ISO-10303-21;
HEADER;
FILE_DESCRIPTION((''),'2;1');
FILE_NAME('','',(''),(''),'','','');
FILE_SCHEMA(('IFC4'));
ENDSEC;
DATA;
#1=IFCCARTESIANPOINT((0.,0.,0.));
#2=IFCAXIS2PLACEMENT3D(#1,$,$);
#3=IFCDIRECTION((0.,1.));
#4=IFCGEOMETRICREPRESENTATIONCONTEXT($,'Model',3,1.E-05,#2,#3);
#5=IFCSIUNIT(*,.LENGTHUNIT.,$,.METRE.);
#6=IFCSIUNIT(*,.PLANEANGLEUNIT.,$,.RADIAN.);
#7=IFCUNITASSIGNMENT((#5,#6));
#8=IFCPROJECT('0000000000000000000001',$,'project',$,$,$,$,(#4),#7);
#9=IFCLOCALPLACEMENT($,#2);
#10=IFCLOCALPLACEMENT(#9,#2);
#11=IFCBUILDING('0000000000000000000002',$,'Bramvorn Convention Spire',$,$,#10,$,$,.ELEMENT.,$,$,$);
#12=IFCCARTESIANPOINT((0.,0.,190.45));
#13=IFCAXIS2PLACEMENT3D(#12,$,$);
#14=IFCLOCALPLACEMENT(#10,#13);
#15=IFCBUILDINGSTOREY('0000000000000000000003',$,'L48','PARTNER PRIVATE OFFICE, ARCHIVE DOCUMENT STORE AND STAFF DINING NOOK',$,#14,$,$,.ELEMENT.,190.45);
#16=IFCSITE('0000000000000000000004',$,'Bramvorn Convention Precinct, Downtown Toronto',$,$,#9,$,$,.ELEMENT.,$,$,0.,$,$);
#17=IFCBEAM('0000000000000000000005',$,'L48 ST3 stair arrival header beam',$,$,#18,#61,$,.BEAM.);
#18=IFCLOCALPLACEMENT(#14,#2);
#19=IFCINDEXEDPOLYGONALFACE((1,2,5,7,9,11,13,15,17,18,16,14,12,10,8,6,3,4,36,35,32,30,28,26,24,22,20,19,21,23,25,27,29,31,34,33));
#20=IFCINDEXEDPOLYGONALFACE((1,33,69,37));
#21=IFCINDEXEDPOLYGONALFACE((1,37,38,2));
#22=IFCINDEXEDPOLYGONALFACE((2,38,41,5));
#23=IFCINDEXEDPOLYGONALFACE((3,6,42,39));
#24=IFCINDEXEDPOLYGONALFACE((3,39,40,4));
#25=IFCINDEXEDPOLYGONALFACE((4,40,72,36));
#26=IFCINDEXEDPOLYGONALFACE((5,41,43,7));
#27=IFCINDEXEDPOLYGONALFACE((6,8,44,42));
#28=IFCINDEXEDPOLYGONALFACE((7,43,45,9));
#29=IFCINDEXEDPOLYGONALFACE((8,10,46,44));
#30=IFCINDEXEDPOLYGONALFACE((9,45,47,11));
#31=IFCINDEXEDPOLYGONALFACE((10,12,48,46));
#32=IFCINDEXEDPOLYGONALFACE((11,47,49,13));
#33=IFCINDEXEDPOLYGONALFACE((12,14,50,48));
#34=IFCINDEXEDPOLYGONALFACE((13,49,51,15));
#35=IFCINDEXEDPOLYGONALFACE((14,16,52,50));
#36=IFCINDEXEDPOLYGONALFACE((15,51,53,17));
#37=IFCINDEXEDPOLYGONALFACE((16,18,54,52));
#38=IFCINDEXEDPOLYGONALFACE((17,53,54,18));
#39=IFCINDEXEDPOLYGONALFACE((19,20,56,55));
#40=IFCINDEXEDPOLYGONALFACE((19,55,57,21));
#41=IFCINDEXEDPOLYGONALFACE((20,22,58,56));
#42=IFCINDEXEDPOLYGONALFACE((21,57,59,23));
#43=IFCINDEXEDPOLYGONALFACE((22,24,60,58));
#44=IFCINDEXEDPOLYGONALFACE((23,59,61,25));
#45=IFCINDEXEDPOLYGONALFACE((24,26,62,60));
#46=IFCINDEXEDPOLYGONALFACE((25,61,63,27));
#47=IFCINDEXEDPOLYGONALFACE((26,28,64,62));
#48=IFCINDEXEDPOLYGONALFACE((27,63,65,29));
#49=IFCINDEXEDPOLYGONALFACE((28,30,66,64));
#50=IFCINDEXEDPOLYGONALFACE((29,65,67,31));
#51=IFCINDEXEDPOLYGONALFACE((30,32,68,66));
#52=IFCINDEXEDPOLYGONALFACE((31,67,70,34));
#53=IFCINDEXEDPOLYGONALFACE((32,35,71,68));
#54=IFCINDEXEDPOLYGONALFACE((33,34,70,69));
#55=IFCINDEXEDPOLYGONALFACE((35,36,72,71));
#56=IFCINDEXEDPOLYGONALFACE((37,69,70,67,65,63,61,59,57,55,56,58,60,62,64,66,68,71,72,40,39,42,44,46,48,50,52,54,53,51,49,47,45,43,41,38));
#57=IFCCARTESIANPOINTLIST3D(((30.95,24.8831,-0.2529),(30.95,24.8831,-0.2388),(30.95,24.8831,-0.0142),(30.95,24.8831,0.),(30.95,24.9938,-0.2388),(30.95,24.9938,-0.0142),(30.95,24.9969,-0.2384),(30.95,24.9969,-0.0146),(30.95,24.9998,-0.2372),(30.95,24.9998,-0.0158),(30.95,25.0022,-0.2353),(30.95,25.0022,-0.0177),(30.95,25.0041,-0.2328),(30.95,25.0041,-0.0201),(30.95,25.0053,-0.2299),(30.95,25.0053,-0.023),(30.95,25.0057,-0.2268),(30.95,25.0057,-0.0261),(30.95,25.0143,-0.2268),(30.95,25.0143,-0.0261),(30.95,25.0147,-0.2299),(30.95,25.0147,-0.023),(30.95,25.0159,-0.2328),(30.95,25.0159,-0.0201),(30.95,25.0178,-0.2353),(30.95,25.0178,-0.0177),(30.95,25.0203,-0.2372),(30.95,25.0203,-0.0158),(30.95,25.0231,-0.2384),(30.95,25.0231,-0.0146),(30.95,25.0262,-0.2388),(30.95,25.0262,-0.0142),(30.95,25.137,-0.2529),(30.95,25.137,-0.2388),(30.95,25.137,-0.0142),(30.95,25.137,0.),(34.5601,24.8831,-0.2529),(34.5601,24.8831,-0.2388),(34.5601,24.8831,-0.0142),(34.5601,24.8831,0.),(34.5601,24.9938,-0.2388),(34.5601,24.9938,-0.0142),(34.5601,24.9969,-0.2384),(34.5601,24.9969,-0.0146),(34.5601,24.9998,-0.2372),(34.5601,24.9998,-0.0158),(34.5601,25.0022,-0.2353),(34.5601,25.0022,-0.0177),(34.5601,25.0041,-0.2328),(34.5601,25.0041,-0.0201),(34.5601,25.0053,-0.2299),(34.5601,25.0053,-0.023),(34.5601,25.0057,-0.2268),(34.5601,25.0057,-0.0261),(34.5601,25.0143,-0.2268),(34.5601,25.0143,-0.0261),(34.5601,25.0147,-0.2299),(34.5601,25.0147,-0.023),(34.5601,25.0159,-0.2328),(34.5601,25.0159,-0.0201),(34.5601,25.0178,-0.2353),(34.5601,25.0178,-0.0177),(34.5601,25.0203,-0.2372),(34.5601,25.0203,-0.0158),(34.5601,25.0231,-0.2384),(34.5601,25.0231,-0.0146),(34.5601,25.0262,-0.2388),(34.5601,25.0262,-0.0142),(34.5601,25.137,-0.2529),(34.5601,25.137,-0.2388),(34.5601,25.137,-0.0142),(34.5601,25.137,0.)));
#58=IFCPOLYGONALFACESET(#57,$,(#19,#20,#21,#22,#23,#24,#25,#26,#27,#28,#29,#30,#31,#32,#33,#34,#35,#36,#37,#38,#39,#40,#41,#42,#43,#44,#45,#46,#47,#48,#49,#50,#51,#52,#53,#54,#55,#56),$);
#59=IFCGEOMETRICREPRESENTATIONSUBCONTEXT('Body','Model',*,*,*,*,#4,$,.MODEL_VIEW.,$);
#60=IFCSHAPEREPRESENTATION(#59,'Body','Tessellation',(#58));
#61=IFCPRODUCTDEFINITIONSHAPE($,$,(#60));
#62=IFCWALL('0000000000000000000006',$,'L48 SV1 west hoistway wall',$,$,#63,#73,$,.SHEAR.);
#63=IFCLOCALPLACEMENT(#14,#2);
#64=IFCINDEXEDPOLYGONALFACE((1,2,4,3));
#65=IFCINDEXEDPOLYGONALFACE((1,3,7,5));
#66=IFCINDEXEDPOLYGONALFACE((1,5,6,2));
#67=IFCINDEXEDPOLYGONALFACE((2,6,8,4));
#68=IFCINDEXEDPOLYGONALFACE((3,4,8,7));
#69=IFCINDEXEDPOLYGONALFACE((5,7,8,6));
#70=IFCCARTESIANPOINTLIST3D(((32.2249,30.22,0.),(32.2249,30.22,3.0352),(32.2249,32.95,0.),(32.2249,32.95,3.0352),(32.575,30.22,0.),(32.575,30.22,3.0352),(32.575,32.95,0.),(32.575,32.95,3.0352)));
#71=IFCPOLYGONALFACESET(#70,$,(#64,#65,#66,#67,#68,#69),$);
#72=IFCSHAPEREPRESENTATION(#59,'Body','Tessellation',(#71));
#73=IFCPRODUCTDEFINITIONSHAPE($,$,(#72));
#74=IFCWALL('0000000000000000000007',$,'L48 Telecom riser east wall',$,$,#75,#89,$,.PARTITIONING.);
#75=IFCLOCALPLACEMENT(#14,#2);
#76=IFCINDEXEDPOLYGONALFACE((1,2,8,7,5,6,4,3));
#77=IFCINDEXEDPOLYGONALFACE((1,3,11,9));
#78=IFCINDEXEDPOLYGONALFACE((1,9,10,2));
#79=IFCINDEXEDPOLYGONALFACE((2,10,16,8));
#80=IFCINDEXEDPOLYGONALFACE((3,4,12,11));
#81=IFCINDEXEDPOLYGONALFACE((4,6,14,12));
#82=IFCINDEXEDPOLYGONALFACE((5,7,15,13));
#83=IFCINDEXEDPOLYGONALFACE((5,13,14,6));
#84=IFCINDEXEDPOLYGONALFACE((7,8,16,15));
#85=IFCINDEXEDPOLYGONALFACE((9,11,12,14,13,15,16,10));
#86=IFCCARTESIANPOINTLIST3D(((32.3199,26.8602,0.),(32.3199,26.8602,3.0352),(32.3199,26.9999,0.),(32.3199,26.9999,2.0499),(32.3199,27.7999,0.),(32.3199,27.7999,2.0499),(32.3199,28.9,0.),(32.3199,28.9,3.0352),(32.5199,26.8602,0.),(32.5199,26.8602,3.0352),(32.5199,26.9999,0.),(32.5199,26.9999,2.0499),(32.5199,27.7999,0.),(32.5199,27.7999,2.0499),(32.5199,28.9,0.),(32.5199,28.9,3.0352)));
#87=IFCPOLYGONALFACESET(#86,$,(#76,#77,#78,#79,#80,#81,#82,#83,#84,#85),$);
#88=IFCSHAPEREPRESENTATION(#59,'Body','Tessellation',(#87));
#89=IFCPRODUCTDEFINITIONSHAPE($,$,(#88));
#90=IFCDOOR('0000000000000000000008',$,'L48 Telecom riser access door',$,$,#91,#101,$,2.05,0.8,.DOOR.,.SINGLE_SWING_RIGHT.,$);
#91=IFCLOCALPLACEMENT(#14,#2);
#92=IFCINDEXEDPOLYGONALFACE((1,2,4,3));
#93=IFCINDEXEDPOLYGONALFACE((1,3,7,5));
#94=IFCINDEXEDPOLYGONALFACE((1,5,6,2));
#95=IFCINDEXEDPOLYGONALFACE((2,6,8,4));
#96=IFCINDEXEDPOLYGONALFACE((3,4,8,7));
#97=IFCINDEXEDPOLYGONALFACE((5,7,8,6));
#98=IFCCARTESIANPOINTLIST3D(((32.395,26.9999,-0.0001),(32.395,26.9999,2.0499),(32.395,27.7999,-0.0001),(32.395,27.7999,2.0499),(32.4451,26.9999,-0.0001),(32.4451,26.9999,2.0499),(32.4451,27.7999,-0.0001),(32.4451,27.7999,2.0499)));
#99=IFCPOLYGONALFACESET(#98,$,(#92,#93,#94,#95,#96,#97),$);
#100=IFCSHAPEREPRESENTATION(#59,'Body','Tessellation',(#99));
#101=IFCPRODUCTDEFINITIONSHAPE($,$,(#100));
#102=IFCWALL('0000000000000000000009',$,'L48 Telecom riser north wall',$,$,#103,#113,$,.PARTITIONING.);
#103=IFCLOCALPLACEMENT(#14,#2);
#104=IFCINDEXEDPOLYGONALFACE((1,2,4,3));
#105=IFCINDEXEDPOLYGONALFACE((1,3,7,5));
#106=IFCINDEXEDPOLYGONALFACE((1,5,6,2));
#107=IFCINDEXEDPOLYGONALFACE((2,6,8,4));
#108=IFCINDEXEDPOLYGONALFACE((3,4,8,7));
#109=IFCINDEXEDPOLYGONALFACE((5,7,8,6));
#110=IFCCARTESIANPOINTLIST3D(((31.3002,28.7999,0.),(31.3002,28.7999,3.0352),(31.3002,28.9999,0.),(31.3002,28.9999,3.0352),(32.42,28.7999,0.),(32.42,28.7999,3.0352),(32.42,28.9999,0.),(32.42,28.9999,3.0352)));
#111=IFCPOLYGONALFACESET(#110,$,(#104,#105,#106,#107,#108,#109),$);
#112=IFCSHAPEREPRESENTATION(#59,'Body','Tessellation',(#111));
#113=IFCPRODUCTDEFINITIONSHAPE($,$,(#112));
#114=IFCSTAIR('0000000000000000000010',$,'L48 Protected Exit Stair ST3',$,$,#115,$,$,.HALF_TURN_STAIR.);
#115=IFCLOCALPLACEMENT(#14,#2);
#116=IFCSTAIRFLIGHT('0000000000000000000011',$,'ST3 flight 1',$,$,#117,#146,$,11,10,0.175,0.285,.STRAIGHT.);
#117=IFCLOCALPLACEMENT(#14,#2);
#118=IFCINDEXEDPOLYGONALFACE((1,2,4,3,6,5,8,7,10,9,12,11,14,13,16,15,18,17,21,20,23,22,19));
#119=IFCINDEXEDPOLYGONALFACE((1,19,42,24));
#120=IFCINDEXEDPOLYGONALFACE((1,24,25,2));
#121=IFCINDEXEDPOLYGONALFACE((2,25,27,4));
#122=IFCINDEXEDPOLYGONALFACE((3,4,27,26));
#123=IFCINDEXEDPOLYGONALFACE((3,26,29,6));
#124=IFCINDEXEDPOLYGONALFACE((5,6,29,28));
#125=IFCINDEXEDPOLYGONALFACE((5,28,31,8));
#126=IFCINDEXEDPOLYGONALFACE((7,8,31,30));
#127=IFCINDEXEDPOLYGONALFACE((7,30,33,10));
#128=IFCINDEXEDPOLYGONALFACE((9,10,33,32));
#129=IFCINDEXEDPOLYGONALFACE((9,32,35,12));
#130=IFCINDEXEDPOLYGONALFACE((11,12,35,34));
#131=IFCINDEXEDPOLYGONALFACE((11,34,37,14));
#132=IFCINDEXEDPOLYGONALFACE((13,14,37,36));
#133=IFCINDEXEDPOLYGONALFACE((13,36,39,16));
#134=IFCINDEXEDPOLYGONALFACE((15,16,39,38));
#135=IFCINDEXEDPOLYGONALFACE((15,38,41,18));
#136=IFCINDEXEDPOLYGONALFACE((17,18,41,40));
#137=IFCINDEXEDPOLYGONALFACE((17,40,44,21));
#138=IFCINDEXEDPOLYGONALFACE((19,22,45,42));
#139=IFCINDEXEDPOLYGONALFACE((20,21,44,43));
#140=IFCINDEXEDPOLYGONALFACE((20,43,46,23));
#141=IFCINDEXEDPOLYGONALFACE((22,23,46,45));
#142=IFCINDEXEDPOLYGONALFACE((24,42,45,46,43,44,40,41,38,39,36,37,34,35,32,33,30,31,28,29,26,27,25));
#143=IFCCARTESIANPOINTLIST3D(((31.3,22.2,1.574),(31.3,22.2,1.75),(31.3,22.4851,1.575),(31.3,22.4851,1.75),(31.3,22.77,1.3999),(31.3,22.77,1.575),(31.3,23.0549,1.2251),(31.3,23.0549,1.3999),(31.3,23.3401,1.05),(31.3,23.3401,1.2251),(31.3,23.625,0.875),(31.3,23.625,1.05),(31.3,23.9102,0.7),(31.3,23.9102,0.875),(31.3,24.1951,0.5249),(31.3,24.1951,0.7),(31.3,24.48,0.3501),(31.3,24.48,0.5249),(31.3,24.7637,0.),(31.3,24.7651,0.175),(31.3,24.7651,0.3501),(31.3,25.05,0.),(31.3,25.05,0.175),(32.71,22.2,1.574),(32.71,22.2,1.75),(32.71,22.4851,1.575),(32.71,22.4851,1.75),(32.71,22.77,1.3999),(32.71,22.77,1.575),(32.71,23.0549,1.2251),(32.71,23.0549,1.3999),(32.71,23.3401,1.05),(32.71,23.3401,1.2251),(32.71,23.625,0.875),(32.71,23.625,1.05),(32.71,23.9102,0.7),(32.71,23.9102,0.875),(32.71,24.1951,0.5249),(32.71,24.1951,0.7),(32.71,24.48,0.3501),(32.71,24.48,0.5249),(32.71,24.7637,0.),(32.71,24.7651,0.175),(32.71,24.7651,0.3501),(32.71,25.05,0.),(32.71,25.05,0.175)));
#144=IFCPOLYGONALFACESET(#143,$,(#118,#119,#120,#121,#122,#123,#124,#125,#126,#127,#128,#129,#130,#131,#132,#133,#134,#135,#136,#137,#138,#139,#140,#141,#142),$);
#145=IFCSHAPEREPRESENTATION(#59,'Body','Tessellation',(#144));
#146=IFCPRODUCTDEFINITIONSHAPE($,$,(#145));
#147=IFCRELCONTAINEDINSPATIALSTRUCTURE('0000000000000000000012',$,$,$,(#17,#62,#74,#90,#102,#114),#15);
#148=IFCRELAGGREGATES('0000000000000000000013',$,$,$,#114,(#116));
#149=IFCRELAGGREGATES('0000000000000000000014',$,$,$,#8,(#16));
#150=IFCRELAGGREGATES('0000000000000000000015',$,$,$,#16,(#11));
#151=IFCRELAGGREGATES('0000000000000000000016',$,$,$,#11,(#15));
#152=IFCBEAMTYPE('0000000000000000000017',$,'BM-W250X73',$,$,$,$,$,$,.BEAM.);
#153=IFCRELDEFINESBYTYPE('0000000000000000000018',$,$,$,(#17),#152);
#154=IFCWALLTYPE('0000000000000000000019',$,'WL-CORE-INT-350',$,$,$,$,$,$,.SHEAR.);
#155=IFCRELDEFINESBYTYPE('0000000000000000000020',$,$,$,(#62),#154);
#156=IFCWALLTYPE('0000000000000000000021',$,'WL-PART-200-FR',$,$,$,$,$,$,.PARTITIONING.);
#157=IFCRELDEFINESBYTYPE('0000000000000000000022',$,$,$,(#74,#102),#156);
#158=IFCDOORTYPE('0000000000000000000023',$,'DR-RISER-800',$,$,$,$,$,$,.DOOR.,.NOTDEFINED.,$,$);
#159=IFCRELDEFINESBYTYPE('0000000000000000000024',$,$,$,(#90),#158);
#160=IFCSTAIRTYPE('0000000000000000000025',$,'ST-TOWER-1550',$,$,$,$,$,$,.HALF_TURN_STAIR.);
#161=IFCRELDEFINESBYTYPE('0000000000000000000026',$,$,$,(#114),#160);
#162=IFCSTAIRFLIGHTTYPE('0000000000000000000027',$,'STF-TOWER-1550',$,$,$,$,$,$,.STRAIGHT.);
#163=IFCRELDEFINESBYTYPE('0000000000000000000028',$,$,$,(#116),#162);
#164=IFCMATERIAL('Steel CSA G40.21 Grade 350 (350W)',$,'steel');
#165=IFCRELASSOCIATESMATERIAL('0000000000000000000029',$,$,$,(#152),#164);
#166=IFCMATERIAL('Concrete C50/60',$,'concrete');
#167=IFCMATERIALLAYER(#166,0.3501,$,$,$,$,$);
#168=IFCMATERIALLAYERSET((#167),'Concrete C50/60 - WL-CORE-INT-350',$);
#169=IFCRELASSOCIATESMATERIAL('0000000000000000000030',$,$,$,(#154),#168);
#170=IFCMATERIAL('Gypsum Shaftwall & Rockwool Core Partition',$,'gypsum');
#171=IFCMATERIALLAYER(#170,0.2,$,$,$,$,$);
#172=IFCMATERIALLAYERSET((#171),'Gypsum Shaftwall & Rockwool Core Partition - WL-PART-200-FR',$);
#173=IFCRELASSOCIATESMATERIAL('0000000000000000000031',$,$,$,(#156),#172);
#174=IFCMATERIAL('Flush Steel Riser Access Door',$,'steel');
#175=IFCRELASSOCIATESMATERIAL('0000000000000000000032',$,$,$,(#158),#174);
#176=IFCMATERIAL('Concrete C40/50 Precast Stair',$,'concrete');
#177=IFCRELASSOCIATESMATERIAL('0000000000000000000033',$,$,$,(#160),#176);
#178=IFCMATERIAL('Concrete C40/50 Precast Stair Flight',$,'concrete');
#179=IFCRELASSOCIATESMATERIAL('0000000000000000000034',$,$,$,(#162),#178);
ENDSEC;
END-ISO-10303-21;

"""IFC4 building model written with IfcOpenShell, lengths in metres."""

from ifc_helpers import new_model, si_unit, direction, frame, frame_2d, origin, origin_2d, place, context, subcontext, project, spatial, polyline, rectangle, i_section, outline, extrude, material, layer, layer_set, material_profile, profile_set, type_object, element, fill, aggregate, save


model = new_model("IFC4")

# Units and contexts
model_context = context("Model", 3, precision=1e-05, world=origin(), true_north=direction((0.0, 1.0)))
body_context = subcontext(model_context, "Body", "Model", "MODEL_VIEW")
ifc_project = project(units=[si_unit("LENGTHUNIT", "METRE"), si_unit("PLANEANGLEUNIT", "RADIAN")], contexts=[model_context])

# Site, building, storey
site_placement = place(None, origin())
site = spatial("IfcSite", under=ifc_project, at=site_placement, Name="Bramvorn Convention Precinct, Downtown Toronto", CompositionType="ELEMENT", RefElevation=0.0)
building_placement = place(site_placement, origin())
building = spatial("IfcBuilding", under=site, at=building_placement, Name="Bramvorn Convention Spire", CompositionType="ELEMENT")
storey_placement = place(building_placement, frame((0.0, 0.0, 190.45)))
storey = spatial("IfcBuildingStorey", under=building, at=storey_placement, Name="L48", Description="PARTNER PRIVATE OFFICE, ARCHIVE DOCUMENT STORE AND STAFF DINING NOOK", CompositionType="ELEMENT", Elevation=190.45)

# Beam
ifc_material_1 = material(Name="Steel CSA G40.21 Grade 350 (350W)", Category="steel")
ifc_material_profile = material_profile(ifc_material_1, i_section(OverallWidth=0.2539, OverallDepth=0.2529, WebThickness=0.0085, FlangeThickness=0.0142, FilletRadius=0.012, at=origin_2d()))
ifc_profile_set = profile_set([ifc_material_profile], Name="Steel CSA G40.21 Grade 350 (350W) - W250X73")
beam_type = type_object("IfcBeamType", Name="BM-W250X73", PredefinedType="BEAM", material=ifc_profile_set)
beam_placement = place(storey_placement, frame((30.95, 25.01, -0.1265), z_axis=(1.0, 0.0, 0.0), x_axis=(0.0, 1.0, 0.0)))
element("IfcBeam", 1, at=beam_placement, inside=storey, type_object=beam_type, Name="L48 ST3 stair arrival header beam", PredefinedType="BEAM", context=body_context, shape_type="SweptSolid", body=[
    extrude(i_section(OverallWidth=0.2539, OverallDepth=0.2529, WebThickness=0.0085, FlangeThickness=0.0142, FilletRadius=0.012, at=origin_2d()), origin(), (0.0, 0.0, 1.0), 3.6101),
])

# Shared definitions
ifc_material_2 = material(Name="Concrete C50/60", Category="concrete")
ifc_layer_1 = layer(ifc_material_2, 0.3501)
ifc_layer_set_1 = layer_set([ifc_layer_1], Name="Concrete C50/60 - WL-CORE-INT-350")
wall_type_1 = type_object("IfcWallType", Name="WL-CORE-INT-350", PredefinedType="SHEAR", material=ifc_layer_set_1)

# Wall
wall_1_placement = place(storey_placement, frame((32.3999, 30.22, 0.0), z_axis=(0.0, 0.0, 1.0), x_axis=(0.0, 1.0, 0.0)))
element("IfcWall", 2, at=wall_1_placement, inside=storey, type_object=wall_type_1, Name="L48 SV1 west hoistway wall", PredefinedType="SHEAR", context=body_context, shape_type="SweptSolid", body=[
    extrude(rectangle(XDim=2.73, YDim=0.3501, at=frame_2d((1.365, 0.0))), origin(), (0.0, 0.0, 1.0), 3.0352),
])

# Wall, opening, door
ifc_material_3 = material(Name="Gypsum Shaftwall & Rockwool Core Partition", Category="gypsum")
ifc_layer_2 = layer(ifc_material_3, 0.2)
ifc_layer_set_2 = layer_set([ifc_layer_2], Name="Gypsum Shaftwall & Rockwool Core Partition - WL-PART-200-FR")
wall_type_2 = type_object("IfcWallType", Name="WL-PART-200-FR", PredefinedType="PARTITIONING", material=ifc_layer_set_2)
wall_2_placement = place(storey_placement, frame((32.4199, 26.8601, 0.0), z_axis=(0.0, 0.0, 1.0), x_axis=(0.0, 1.0, 0.0)))
wall_2 = element("IfcWall", 3, at=wall_2_placement, inside=storey, type_object=wall_type_2, Name="L48 Telecom riser east wall", PredefinedType="PARTITIONING", context=body_context, shape_type="SweptSolid", body=[
    extrude(rectangle(XDim=2.0398, YDim=0.2, at=frame_2d((1.02, 0.0))), origin(), (0.0, 0.0, 1.0), 3.0352),
])
opening_1_placement = place(wall_2_placement, frame((0.1399, 0.0, 0.0)))
opening_1 = element("IfcOpeningElement", 4, at=opening_1_placement, cuts=wall_2, PredefinedType="OPENING", context=body_context, shape_type="SweptSolid", body=[
    extrude(rectangle(XDim=0.8, YDim=2.05, at=frame_2d((0.3999, 1.0249))), frame((0.0, 0.1099, 0.0), z_axis=(0.0, -1.0, 0.0), x_axis=(1.0, 0.0, 0.0)), (0.0, 0.0, 1.0), 0.22),
])
ifc_material_4 = material(Name="Flush Steel Riser Access Door", Category="steel")
door_type_1 = type_object("IfcDoorType", Name="DR-RISER-800", OperationType="NOTDEFINED", PredefinedType="DOOR", material=ifc_material_4)
door_1_placement = place(opening_1_placement, origin())
door_1 = element("IfcDoor", 5, at=door_1_placement, inside=storey, type_object=door_type_1, Name="L48 Telecom riser access door", OperationType="SINGLE_SWING_RIGHT", OverallHeight=2.05, OverallWidth=0.8, PredefinedType="DOOR", context=body_context, shape_type="SweptSolid", body=[
    extrude(rectangle(XDim=0.8, YDim=2.05, at=frame_2d((0.3999, 1.0249))), frame((0.0, 0.0249, 0.0), z_axis=(0.0, -1.0, 0.0), x_axis=(1.0, 0.0, 0.0)), (0.0, 0.0, 1.0), 0.05),
])
fill(opening_1, door_1)

# Wall
wall_3_placement = place(storey_placement, frame((31.3, 28.8999, 0.0), z_axis=(0.0, 0.0, 1.0), x_axis=(1.0, 0.0, 0.0)))
element("IfcWall", 6, at=wall_3_placement, inside=storey, type_object=wall_type_2, Name="L48 Telecom riser north wall", PredefinedType="PARTITIONING", context=body_context, shape_type="SweptSolid", body=[
    extrude(rectangle(XDim=1.1199, YDim=0.2, at=frame_2d((0.5601, 0.0))), origin(), (0.0, 0.0, 1.0), 3.0352),
])

# Stair, stair flight
ifc_material_5 = material(Name="Concrete C40/50 Precast Stair", Category="concrete")
stair_type = type_object("IfcStairType", Name="ST-TOWER-1550", PredefinedType="HALF_TURN_STAIR", material=ifc_material_5)
stair_placement = place(storey_placement, origin())
stair = element("IfcStair", 7, at=stair_placement, inside=storey, type_object=stair_type, Name="L48 Protected Exit Stair ST3", PredefinedType="HALF_TURN_STAIR")
ifc_material_6 = material(Name="Concrete C40/50 Precast Stair Flight", Category="concrete")
stair_flight_type = type_object("IfcStairFlightType", Name="STF-TOWER-1550", PredefinedType="STRAIGHT", material=ifc_material_6)
stair_flight_placement = place(storey_placement, frame((32.0049, 25.05, 0.0), z_axis=(0.0, 0.0, 1.0), x_axis=(0.0, -1.0, 0.0)))
stair_flight = element("IfcStairFlight", 8, at=stair_flight_placement, type_object=stair_flight_type, Name="ST3 flight 1", NumberOfRisers=11, NumberOfTreads=10, PredefinedType="STRAIGHT", RiserHeight=0.175, TreadLength=0.285, context=body_context, shape_type="SweptSolid", body=[
    extrude(outline(polyline([(0.0, 0.0), (0.0, 0.175), (0.2849, 0.175), (0.2849, 0.3501), (0.5701, 0.3501), (0.5701, 0.5249), (0.855, 0.5249), (0.855, 0.7), (1.1399, 0.7), (1.1399, 0.875), (1.425, 0.875), (1.425, 1.05), (1.71, 1.05), (1.71, 1.2251), (1.9951, 1.2251), (1.9951, 1.3999), (2.28, 1.3999), (2.28, 1.575), (2.5649, 1.575), (2.5649, 1.75), (2.8501, 1.75), (2.8501, 1.925), (2.8501, 1.574), (0.2864, 0.0), (0.0, 0.0)])), frame((0.0, 0.7051, 0.0), z_axis=(0.0, -1.0, 0.0), x_axis=(1.0, 0.0, 0.0)), (0.0, 0.0, 1.0), 1.4099),
])
aggregate(stair, [stair_flight])

save(model, "model.ifc")
